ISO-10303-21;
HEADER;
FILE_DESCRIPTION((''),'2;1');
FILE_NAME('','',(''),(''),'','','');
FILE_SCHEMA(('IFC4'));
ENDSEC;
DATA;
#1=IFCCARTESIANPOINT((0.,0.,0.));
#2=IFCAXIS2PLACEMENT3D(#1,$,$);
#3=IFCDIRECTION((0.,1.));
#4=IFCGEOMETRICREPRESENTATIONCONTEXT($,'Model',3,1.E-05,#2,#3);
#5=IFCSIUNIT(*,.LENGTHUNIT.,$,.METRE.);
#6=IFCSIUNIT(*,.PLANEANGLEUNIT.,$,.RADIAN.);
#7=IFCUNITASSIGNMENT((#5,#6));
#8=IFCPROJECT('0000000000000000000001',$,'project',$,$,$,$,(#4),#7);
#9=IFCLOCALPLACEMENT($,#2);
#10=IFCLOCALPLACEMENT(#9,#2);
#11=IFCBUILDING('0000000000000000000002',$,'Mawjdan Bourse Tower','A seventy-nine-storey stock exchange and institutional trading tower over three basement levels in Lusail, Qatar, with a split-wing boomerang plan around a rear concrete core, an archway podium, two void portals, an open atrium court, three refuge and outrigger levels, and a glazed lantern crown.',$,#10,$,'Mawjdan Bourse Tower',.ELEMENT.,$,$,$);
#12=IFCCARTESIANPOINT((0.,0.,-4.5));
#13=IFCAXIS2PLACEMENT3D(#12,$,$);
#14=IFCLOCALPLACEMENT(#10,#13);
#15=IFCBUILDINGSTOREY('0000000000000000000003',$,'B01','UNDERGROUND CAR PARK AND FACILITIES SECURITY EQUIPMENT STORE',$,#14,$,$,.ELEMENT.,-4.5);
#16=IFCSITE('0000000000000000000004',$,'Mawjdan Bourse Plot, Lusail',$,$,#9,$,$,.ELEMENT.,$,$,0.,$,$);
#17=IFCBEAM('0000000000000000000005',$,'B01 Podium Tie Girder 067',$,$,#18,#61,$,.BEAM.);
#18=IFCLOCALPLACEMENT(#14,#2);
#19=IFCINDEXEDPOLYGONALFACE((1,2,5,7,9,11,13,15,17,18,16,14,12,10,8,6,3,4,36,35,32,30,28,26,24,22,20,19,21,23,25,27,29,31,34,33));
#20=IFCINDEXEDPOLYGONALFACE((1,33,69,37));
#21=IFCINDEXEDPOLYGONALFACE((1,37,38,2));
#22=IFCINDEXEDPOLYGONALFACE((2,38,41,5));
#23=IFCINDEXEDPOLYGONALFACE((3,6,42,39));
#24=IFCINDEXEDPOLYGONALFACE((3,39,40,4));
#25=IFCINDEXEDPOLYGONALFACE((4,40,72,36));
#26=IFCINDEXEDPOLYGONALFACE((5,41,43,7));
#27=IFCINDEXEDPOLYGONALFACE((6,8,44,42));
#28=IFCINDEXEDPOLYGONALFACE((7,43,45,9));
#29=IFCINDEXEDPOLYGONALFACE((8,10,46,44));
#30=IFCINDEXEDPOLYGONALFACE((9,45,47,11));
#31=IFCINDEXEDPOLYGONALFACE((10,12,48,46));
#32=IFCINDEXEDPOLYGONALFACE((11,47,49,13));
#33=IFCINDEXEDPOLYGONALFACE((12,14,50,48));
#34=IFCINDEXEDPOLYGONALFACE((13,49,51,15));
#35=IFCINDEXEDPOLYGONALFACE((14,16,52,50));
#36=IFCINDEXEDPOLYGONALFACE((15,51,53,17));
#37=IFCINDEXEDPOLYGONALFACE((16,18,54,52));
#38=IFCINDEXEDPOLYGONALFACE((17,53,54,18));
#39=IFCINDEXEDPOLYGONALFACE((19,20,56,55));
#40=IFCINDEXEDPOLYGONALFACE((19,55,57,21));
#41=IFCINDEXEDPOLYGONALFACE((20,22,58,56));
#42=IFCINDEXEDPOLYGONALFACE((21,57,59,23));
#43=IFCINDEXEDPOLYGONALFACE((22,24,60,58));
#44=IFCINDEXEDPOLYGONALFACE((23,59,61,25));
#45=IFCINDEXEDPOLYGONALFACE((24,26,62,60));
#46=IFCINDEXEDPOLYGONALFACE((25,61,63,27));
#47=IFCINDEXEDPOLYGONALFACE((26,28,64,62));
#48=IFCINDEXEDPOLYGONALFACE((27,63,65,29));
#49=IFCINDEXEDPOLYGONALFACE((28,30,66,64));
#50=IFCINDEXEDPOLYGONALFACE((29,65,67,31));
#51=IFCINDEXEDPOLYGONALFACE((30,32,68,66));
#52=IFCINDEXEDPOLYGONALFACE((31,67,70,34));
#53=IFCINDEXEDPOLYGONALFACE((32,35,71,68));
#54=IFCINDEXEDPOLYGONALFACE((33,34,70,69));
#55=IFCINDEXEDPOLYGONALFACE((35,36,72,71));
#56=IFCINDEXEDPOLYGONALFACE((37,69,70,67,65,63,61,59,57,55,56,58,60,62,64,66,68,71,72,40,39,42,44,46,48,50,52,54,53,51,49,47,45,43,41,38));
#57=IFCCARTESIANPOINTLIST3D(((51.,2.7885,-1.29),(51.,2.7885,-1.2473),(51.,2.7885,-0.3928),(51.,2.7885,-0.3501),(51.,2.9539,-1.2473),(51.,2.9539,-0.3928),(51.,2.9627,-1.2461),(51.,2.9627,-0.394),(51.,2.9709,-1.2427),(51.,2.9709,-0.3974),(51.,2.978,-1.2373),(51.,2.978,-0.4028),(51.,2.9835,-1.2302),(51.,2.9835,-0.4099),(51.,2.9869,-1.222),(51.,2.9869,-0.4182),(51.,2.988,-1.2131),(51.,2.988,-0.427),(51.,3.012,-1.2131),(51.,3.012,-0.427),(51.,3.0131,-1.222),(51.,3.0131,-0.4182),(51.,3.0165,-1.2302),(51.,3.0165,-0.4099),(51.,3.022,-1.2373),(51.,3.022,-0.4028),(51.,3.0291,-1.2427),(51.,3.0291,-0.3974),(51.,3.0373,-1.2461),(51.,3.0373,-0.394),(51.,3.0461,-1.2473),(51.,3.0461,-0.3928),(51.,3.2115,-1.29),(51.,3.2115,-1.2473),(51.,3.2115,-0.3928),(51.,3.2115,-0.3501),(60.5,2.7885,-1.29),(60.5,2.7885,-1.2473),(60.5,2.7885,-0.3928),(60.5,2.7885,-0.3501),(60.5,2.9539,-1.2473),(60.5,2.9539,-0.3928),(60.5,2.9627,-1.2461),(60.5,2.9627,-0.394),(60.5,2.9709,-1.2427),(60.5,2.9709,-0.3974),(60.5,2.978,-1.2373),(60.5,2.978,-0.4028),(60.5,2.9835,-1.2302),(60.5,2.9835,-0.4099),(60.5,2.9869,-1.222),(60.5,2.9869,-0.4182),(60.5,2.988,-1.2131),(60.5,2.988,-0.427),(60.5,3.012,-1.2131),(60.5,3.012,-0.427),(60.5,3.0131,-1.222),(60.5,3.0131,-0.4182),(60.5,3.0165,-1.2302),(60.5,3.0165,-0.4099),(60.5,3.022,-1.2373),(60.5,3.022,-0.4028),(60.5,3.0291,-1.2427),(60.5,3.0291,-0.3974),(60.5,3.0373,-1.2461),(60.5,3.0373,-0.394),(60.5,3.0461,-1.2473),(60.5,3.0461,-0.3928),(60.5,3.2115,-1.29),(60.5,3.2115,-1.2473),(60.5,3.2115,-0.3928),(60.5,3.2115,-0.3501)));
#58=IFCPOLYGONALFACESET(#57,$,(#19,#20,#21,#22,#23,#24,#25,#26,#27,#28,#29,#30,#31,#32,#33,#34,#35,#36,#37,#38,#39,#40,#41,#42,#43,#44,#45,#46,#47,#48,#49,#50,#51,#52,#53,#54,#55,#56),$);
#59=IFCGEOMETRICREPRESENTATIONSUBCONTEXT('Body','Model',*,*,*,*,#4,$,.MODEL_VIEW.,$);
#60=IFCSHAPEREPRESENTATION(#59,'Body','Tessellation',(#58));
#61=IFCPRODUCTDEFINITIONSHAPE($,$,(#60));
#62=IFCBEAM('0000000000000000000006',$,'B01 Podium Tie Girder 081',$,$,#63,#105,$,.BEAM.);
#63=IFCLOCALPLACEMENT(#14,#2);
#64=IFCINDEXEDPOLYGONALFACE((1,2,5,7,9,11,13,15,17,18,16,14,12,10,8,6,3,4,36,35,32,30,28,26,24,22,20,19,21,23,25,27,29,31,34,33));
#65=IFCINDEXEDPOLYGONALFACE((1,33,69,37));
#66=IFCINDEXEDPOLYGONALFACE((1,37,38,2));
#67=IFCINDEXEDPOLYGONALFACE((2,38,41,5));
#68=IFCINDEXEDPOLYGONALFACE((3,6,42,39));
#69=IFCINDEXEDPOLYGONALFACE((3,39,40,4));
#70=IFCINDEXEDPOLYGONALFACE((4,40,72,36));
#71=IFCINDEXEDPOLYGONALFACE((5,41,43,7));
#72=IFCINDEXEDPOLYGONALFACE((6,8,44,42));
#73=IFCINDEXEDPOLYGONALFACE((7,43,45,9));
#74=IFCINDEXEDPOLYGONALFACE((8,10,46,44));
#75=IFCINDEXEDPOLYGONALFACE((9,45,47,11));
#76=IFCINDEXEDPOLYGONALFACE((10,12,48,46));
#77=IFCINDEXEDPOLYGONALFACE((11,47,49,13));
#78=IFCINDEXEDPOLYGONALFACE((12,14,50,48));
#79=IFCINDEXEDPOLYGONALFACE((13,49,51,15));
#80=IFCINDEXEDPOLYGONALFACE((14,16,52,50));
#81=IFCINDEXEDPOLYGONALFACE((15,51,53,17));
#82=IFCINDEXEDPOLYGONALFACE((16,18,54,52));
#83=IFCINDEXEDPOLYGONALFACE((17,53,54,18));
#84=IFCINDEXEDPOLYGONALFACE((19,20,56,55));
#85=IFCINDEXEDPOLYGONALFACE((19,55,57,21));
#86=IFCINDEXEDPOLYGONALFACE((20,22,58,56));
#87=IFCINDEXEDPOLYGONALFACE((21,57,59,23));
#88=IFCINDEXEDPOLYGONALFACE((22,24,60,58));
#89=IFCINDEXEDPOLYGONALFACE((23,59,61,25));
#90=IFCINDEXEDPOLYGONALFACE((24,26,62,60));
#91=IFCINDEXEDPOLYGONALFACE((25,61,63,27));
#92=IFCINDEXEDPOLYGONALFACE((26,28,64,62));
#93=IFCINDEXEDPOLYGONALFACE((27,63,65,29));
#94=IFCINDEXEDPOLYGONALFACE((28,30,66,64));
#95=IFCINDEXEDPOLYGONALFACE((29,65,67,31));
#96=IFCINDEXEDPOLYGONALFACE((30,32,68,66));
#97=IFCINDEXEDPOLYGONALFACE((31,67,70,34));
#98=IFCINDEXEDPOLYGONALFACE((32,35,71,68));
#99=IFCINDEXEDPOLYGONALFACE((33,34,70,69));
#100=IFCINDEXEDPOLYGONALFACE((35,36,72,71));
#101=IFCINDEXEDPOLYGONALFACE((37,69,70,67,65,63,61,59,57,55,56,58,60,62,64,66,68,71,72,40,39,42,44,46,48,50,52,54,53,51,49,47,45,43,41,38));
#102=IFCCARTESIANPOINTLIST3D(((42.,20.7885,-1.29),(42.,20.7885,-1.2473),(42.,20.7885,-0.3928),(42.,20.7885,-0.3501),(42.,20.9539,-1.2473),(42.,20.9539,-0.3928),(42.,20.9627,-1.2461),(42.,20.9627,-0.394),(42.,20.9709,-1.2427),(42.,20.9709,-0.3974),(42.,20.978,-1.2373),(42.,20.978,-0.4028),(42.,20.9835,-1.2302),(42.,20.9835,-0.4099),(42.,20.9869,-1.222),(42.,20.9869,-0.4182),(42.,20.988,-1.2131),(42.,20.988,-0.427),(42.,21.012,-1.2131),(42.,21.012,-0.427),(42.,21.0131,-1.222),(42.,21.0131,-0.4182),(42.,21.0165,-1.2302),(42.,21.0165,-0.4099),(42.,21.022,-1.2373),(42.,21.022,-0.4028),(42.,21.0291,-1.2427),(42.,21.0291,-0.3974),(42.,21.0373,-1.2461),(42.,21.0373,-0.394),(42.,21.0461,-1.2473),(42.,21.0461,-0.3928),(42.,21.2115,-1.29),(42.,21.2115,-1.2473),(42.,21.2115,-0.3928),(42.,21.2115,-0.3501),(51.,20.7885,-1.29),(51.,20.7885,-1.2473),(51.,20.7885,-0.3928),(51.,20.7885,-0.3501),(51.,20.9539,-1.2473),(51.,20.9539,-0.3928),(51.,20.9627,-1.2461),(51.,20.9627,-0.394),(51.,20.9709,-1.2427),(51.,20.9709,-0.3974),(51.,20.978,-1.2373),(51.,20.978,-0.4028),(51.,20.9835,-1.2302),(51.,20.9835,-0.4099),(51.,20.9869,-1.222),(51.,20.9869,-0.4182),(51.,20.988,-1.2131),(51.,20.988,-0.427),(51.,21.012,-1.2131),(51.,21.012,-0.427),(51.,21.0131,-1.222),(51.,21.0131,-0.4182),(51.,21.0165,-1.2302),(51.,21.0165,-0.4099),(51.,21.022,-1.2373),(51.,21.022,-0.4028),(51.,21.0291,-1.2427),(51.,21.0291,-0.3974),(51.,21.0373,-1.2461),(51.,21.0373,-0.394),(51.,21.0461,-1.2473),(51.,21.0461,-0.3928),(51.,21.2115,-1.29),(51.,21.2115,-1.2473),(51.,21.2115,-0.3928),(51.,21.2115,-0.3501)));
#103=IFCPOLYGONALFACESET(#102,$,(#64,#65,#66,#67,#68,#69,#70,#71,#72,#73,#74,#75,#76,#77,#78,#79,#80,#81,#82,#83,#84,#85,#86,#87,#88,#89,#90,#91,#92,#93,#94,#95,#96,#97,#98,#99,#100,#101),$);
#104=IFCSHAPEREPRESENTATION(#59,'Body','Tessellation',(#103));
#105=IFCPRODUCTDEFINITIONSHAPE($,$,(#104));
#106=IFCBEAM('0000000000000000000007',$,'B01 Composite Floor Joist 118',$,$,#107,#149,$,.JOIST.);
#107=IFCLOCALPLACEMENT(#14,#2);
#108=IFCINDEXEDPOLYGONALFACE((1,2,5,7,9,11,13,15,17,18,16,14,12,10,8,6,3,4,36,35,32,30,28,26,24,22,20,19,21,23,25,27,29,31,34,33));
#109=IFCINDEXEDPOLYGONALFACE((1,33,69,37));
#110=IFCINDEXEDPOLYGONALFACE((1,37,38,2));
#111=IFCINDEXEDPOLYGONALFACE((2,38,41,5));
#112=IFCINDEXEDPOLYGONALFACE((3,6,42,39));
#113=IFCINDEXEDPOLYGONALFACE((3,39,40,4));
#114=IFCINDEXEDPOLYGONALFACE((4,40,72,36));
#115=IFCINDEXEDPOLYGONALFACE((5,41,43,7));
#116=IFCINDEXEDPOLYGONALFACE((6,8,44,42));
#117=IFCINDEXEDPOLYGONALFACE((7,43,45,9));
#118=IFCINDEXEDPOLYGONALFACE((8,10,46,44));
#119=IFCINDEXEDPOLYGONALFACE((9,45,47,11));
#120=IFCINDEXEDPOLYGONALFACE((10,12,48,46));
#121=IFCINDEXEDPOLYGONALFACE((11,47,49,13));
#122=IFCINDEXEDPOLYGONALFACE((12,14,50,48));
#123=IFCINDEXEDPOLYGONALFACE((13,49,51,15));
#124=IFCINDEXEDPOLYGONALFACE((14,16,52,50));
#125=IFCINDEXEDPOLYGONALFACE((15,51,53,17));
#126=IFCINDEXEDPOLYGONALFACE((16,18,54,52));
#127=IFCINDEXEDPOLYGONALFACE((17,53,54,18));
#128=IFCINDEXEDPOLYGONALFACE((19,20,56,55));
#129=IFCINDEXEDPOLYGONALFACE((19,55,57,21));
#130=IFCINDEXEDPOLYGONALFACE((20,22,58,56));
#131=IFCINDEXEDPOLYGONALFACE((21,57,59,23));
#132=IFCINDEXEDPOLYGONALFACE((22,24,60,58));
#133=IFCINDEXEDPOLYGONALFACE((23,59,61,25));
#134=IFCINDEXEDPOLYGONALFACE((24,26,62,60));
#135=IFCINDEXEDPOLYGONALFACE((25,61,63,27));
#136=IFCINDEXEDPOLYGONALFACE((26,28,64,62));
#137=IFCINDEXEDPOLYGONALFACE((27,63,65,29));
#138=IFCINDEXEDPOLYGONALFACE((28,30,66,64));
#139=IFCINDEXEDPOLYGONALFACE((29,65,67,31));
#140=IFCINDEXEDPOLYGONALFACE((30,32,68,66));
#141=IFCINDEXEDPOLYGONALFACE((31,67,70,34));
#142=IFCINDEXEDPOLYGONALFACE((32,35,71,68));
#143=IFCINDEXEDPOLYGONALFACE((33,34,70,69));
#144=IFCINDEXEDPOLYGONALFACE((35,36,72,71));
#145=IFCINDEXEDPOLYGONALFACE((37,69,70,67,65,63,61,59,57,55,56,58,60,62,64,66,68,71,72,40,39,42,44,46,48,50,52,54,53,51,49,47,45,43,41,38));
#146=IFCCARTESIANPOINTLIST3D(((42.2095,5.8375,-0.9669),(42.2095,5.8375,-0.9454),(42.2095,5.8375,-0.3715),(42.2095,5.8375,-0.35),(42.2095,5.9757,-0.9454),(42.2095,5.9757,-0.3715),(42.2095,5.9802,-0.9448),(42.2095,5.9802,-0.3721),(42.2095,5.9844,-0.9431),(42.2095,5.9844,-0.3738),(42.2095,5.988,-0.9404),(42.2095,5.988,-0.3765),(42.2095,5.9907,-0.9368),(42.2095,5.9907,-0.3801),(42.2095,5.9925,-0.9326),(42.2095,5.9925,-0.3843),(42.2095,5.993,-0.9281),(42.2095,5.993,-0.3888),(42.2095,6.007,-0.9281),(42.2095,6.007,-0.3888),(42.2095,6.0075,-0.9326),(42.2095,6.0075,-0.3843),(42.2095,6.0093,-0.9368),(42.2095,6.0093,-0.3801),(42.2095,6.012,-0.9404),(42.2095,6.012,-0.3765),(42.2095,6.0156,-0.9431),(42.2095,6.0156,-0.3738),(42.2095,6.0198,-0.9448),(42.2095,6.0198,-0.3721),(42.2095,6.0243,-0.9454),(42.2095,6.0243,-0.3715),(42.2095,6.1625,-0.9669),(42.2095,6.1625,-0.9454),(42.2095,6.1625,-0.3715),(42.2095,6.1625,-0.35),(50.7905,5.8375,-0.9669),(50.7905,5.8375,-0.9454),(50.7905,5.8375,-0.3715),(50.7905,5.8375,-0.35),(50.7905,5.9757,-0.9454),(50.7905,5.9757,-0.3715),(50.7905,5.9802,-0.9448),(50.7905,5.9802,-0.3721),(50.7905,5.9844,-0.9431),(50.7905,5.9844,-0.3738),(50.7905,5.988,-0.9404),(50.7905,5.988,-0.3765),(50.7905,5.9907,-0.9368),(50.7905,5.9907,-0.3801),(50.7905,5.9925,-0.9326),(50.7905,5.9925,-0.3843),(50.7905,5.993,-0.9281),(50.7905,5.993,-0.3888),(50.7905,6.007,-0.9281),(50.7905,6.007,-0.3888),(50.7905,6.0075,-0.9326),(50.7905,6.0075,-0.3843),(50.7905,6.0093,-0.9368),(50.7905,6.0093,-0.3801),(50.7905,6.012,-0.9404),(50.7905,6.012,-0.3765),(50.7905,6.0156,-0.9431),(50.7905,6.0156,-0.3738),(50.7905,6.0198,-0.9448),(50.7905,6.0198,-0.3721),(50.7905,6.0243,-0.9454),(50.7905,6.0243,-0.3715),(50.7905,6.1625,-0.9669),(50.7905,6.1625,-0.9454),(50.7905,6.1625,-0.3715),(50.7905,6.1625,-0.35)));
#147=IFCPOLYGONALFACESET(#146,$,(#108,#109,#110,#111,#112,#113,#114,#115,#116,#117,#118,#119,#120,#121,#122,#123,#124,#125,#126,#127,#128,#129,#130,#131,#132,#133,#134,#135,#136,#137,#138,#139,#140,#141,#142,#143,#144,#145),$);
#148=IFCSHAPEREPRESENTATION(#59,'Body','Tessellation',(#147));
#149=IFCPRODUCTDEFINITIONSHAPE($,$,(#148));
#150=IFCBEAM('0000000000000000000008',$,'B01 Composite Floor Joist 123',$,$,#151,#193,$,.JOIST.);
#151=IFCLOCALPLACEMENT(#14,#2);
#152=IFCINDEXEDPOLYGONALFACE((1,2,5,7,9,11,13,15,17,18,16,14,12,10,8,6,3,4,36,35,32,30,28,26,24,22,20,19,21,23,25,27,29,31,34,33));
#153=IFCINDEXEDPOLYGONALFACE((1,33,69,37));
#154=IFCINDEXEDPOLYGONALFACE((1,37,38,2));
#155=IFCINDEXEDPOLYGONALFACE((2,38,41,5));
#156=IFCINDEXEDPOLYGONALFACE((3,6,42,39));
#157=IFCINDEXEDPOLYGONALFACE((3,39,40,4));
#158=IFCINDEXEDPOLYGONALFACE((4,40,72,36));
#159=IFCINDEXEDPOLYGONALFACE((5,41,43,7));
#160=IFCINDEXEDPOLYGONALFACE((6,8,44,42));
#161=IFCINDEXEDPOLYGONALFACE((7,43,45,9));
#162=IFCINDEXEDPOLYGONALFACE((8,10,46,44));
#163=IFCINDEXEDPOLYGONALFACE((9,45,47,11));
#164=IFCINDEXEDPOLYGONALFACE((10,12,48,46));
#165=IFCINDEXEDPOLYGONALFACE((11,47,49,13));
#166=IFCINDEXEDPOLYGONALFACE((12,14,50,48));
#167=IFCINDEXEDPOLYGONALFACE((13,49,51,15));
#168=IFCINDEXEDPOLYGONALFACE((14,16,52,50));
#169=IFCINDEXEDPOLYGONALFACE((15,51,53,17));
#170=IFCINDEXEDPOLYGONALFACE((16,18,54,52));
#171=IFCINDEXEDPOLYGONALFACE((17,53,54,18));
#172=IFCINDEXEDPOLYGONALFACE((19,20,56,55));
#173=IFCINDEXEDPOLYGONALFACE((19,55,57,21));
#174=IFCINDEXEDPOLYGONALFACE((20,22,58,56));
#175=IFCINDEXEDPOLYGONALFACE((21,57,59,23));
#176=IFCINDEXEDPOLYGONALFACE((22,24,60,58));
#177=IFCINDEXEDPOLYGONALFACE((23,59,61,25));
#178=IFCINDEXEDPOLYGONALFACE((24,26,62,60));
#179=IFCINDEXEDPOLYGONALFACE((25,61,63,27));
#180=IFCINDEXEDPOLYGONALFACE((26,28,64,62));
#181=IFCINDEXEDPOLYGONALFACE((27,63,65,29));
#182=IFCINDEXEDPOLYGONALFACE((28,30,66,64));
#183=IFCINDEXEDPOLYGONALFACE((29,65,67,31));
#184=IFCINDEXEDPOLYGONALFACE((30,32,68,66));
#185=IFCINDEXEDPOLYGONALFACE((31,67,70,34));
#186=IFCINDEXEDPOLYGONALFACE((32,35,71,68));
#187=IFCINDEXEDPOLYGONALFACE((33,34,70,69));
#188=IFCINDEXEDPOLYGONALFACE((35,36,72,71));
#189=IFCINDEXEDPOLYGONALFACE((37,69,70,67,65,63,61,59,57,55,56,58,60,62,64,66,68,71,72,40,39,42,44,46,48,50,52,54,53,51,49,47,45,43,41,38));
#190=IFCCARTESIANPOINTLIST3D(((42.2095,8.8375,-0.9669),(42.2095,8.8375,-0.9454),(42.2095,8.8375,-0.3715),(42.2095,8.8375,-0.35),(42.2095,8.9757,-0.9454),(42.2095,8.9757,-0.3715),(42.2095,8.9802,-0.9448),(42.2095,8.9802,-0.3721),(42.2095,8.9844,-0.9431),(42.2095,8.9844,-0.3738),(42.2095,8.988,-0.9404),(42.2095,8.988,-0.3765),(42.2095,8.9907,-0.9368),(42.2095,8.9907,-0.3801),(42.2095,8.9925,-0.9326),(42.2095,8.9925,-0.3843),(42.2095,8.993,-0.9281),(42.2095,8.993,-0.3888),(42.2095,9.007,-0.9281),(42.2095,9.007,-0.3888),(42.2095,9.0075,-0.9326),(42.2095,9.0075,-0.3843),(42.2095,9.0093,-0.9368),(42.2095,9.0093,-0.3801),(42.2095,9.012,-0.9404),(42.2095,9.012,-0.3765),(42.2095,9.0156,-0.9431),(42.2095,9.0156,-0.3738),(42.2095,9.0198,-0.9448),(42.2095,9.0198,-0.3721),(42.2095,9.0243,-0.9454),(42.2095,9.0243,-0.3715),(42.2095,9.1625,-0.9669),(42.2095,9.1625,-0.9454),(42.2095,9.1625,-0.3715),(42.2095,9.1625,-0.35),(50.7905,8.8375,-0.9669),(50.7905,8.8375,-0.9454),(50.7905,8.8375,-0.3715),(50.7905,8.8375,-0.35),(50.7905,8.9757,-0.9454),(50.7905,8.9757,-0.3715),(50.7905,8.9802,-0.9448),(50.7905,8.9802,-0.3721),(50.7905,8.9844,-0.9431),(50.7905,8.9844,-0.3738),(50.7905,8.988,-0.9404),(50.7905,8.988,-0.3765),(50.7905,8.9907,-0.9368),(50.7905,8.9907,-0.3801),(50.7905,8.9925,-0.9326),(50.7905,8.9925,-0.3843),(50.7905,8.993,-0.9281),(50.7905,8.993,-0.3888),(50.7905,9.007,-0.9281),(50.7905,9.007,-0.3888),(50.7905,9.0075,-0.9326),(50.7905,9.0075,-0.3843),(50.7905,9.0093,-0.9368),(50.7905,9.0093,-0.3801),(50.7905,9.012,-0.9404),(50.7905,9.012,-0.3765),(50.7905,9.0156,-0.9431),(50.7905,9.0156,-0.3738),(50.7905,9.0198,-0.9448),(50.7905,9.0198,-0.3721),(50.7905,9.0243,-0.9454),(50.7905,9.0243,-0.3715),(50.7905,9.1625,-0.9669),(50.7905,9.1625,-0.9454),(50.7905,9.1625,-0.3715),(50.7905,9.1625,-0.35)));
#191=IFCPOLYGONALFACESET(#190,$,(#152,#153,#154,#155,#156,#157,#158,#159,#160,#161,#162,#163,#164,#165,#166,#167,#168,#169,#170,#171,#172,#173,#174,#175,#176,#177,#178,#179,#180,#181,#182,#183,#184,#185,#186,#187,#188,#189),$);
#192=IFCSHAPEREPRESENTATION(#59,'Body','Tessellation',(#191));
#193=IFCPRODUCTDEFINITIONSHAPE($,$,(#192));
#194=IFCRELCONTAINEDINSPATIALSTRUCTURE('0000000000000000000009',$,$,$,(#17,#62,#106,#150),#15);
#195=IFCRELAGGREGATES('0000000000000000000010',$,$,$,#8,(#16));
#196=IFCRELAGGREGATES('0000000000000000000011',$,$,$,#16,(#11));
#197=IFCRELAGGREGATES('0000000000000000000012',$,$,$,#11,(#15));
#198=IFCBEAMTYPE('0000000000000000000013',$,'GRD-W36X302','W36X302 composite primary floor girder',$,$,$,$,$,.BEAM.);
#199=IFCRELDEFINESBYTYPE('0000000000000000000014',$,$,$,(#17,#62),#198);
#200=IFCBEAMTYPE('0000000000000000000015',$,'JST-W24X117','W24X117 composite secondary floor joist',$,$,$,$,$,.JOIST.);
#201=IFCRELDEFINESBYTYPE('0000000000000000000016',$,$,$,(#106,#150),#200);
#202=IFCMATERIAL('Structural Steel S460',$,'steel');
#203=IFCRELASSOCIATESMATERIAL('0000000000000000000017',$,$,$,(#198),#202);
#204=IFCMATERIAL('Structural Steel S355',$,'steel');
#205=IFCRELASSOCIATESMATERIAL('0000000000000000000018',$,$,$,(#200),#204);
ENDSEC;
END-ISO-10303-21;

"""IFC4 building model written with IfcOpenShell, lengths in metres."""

from ifc_helpers import new_model, si_unit, direction, frame, origin, origin_2d, place, context, subcontext, project, spatial, i_section, extrude, material, material_profile, profile_set, type_object, element, save


model = new_model("IFC4")

# Units and contexts
model_context = context("Model", 3, precision=1e-05, world=origin(), true_north=direction((0.0, 1.0)))
body_context = subcontext(model_context, "Body", "Model", "MODEL_VIEW")
ifc_project = project(units=[si_unit("LENGTHUNIT", "METRE"), si_unit("PLANEANGLEUNIT", "RADIAN")], contexts=[model_context])

# Site, building, storey
site_placement = place(None, origin())
site = spatial("IfcSite", under=ifc_project, at=site_placement, Name="Mawjdan Bourse Plot, Lusail", CompositionType="ELEMENT", RefElevation=0.0)
building_placement = place(site_placement, origin())
building = spatial("IfcBuilding", under=site, at=building_placement, Name="Mawjdan Bourse Tower", Description="A seventy-nine-storey stock exchange and institutional trading tower over three basement levels in Lusail, Qatar, with a split-wing boomerang plan around a rear concrete core, an archway podium, two void portals, an open atrium court, three refuge and outrigger levels, and a glazed lantern crown.", LongName="Mawjdan Bourse Tower", CompositionType="ELEMENT")
storey_placement = place(building_placement, frame((0.0, 0.0, -4.5)))
storey = spatial("IfcBuildingStorey", under=building, at=storey_placement, Name="B01", Description="UNDERGROUND CAR PARK AND FACILITIES SECURITY EQUIPMENT STORE", CompositionType="ELEMENT", Elevation=-4.5)

# Beams
ifc_material_1 = material(Name="Structural Steel S460", Category="steel")
ifc_material_profile_1 = material_profile(ifc_material_1, i_section(OverallWidth=0.4231, OverallDepth=0.9399, WebThickness=0.0239, FlangeThickness=0.0427, FilletRadius=0.0342, at=origin_2d()), Name="W36X302")
ifc_profile_set_1 = profile_set([ifc_material_profile_1], Name="Structural Steel S460")
beam_type_1 = type_object("IfcBeamType", Name="GRD-W36X302", Description="W36X302 composite primary floor girder", PredefinedType="BEAM", material=ifc_profile_set_1)
beam_1_placement = place(storey_placement, frame((51.0, 3.0, -0.8201), z_axis=(1.0, 0.0, 0.0), x_axis=(0.0, 1.0, 0.0)))
element("IfcBeam", 1, at=beam_1_placement, inside=storey, type_object=beam_type_1, Name="B01 Podium Tie Girder 067", PredefinedType="BEAM", context=body_context, shape_type="SweptSolid", body=[
    extrude(i_section(OverallWidth=0.4231, OverallDepth=0.9399, WebThickness=0.0239, FlangeThickness=0.0427, FilletRadius=0.0342, at=origin_2d()), origin(), (0.0, 0.0, 1.0), 9.5),
])
beam_2_placement = place(storey_placement, frame((42.0, 21.0, -0.8201), z_axis=(1.0, 0.0, 0.0), x_axis=(0.0, 1.0, 0.0)))
element("IfcBeam", 2, at=beam_2_placement, inside=storey, type_object=beam_type_1, Name="B01 Podium Tie Girder 081", PredefinedType="BEAM", context=body_context, shape_type="SweptSolid", body=[
    extrude(i_section(OverallWidth=0.4231, OverallDepth=0.9399, WebThickness=0.0239, FlangeThickness=0.0427, FilletRadius=0.0342, at=origin_2d()), origin(), (0.0, 0.0, 1.0), 9.0),
])
ifc_material_2 = material(Name="Structural Steel S355", Category="steel")
ifc_material_profile_2 = material_profile(ifc_material_2, i_section(OverallWidth=0.325, OverallDepth=0.6169, WebThickness=0.0139, FlangeThickness=0.0215, FilletRadius=0.0173, at=origin_2d()), Name="W24X117")
ifc_profile_set_2 = profile_set([ifc_material_profile_2], Name="Structural Steel S355")
beam_type_2 = type_object("IfcBeamType", Name="JST-W24X117", Description="W24X117 composite secondary floor joist", PredefinedType="JOIST", material=ifc_profile_set_2)
for number, where, z_axis, x_axis, name in (
    (3, (42.2095, 6.0, -0.6584), (1.0, 0.0, 0.0), (0.0, 1.0, 0.0), "B01 Composite Floor Joist 118"),
    (4, (42.2095, 9.0, -0.6584), (1.0, 0.0, 0.0), (0.0, 1.0, 0.0), "B01 Composite Floor Joist 123"),
):
    element("IfcBeam", number, at=place(storey_placement, frame(where, z_axis=z_axis, x_axis=x_axis)), inside=storey, type_object=beam_type_2, Name=name, PredefinedType="JOIST", context=body_context, shape_type="SweptSolid", body=[
        extrude(i_section(OverallWidth=0.325, OverallDepth=0.6169, WebThickness=0.0139, FlangeThickness=0.0215, FilletRadius=0.0173, at=origin_2d()), origin(), (0.0, 0.0, 1.0), 8.5811),
    ])

save(model, "model.ifc")
